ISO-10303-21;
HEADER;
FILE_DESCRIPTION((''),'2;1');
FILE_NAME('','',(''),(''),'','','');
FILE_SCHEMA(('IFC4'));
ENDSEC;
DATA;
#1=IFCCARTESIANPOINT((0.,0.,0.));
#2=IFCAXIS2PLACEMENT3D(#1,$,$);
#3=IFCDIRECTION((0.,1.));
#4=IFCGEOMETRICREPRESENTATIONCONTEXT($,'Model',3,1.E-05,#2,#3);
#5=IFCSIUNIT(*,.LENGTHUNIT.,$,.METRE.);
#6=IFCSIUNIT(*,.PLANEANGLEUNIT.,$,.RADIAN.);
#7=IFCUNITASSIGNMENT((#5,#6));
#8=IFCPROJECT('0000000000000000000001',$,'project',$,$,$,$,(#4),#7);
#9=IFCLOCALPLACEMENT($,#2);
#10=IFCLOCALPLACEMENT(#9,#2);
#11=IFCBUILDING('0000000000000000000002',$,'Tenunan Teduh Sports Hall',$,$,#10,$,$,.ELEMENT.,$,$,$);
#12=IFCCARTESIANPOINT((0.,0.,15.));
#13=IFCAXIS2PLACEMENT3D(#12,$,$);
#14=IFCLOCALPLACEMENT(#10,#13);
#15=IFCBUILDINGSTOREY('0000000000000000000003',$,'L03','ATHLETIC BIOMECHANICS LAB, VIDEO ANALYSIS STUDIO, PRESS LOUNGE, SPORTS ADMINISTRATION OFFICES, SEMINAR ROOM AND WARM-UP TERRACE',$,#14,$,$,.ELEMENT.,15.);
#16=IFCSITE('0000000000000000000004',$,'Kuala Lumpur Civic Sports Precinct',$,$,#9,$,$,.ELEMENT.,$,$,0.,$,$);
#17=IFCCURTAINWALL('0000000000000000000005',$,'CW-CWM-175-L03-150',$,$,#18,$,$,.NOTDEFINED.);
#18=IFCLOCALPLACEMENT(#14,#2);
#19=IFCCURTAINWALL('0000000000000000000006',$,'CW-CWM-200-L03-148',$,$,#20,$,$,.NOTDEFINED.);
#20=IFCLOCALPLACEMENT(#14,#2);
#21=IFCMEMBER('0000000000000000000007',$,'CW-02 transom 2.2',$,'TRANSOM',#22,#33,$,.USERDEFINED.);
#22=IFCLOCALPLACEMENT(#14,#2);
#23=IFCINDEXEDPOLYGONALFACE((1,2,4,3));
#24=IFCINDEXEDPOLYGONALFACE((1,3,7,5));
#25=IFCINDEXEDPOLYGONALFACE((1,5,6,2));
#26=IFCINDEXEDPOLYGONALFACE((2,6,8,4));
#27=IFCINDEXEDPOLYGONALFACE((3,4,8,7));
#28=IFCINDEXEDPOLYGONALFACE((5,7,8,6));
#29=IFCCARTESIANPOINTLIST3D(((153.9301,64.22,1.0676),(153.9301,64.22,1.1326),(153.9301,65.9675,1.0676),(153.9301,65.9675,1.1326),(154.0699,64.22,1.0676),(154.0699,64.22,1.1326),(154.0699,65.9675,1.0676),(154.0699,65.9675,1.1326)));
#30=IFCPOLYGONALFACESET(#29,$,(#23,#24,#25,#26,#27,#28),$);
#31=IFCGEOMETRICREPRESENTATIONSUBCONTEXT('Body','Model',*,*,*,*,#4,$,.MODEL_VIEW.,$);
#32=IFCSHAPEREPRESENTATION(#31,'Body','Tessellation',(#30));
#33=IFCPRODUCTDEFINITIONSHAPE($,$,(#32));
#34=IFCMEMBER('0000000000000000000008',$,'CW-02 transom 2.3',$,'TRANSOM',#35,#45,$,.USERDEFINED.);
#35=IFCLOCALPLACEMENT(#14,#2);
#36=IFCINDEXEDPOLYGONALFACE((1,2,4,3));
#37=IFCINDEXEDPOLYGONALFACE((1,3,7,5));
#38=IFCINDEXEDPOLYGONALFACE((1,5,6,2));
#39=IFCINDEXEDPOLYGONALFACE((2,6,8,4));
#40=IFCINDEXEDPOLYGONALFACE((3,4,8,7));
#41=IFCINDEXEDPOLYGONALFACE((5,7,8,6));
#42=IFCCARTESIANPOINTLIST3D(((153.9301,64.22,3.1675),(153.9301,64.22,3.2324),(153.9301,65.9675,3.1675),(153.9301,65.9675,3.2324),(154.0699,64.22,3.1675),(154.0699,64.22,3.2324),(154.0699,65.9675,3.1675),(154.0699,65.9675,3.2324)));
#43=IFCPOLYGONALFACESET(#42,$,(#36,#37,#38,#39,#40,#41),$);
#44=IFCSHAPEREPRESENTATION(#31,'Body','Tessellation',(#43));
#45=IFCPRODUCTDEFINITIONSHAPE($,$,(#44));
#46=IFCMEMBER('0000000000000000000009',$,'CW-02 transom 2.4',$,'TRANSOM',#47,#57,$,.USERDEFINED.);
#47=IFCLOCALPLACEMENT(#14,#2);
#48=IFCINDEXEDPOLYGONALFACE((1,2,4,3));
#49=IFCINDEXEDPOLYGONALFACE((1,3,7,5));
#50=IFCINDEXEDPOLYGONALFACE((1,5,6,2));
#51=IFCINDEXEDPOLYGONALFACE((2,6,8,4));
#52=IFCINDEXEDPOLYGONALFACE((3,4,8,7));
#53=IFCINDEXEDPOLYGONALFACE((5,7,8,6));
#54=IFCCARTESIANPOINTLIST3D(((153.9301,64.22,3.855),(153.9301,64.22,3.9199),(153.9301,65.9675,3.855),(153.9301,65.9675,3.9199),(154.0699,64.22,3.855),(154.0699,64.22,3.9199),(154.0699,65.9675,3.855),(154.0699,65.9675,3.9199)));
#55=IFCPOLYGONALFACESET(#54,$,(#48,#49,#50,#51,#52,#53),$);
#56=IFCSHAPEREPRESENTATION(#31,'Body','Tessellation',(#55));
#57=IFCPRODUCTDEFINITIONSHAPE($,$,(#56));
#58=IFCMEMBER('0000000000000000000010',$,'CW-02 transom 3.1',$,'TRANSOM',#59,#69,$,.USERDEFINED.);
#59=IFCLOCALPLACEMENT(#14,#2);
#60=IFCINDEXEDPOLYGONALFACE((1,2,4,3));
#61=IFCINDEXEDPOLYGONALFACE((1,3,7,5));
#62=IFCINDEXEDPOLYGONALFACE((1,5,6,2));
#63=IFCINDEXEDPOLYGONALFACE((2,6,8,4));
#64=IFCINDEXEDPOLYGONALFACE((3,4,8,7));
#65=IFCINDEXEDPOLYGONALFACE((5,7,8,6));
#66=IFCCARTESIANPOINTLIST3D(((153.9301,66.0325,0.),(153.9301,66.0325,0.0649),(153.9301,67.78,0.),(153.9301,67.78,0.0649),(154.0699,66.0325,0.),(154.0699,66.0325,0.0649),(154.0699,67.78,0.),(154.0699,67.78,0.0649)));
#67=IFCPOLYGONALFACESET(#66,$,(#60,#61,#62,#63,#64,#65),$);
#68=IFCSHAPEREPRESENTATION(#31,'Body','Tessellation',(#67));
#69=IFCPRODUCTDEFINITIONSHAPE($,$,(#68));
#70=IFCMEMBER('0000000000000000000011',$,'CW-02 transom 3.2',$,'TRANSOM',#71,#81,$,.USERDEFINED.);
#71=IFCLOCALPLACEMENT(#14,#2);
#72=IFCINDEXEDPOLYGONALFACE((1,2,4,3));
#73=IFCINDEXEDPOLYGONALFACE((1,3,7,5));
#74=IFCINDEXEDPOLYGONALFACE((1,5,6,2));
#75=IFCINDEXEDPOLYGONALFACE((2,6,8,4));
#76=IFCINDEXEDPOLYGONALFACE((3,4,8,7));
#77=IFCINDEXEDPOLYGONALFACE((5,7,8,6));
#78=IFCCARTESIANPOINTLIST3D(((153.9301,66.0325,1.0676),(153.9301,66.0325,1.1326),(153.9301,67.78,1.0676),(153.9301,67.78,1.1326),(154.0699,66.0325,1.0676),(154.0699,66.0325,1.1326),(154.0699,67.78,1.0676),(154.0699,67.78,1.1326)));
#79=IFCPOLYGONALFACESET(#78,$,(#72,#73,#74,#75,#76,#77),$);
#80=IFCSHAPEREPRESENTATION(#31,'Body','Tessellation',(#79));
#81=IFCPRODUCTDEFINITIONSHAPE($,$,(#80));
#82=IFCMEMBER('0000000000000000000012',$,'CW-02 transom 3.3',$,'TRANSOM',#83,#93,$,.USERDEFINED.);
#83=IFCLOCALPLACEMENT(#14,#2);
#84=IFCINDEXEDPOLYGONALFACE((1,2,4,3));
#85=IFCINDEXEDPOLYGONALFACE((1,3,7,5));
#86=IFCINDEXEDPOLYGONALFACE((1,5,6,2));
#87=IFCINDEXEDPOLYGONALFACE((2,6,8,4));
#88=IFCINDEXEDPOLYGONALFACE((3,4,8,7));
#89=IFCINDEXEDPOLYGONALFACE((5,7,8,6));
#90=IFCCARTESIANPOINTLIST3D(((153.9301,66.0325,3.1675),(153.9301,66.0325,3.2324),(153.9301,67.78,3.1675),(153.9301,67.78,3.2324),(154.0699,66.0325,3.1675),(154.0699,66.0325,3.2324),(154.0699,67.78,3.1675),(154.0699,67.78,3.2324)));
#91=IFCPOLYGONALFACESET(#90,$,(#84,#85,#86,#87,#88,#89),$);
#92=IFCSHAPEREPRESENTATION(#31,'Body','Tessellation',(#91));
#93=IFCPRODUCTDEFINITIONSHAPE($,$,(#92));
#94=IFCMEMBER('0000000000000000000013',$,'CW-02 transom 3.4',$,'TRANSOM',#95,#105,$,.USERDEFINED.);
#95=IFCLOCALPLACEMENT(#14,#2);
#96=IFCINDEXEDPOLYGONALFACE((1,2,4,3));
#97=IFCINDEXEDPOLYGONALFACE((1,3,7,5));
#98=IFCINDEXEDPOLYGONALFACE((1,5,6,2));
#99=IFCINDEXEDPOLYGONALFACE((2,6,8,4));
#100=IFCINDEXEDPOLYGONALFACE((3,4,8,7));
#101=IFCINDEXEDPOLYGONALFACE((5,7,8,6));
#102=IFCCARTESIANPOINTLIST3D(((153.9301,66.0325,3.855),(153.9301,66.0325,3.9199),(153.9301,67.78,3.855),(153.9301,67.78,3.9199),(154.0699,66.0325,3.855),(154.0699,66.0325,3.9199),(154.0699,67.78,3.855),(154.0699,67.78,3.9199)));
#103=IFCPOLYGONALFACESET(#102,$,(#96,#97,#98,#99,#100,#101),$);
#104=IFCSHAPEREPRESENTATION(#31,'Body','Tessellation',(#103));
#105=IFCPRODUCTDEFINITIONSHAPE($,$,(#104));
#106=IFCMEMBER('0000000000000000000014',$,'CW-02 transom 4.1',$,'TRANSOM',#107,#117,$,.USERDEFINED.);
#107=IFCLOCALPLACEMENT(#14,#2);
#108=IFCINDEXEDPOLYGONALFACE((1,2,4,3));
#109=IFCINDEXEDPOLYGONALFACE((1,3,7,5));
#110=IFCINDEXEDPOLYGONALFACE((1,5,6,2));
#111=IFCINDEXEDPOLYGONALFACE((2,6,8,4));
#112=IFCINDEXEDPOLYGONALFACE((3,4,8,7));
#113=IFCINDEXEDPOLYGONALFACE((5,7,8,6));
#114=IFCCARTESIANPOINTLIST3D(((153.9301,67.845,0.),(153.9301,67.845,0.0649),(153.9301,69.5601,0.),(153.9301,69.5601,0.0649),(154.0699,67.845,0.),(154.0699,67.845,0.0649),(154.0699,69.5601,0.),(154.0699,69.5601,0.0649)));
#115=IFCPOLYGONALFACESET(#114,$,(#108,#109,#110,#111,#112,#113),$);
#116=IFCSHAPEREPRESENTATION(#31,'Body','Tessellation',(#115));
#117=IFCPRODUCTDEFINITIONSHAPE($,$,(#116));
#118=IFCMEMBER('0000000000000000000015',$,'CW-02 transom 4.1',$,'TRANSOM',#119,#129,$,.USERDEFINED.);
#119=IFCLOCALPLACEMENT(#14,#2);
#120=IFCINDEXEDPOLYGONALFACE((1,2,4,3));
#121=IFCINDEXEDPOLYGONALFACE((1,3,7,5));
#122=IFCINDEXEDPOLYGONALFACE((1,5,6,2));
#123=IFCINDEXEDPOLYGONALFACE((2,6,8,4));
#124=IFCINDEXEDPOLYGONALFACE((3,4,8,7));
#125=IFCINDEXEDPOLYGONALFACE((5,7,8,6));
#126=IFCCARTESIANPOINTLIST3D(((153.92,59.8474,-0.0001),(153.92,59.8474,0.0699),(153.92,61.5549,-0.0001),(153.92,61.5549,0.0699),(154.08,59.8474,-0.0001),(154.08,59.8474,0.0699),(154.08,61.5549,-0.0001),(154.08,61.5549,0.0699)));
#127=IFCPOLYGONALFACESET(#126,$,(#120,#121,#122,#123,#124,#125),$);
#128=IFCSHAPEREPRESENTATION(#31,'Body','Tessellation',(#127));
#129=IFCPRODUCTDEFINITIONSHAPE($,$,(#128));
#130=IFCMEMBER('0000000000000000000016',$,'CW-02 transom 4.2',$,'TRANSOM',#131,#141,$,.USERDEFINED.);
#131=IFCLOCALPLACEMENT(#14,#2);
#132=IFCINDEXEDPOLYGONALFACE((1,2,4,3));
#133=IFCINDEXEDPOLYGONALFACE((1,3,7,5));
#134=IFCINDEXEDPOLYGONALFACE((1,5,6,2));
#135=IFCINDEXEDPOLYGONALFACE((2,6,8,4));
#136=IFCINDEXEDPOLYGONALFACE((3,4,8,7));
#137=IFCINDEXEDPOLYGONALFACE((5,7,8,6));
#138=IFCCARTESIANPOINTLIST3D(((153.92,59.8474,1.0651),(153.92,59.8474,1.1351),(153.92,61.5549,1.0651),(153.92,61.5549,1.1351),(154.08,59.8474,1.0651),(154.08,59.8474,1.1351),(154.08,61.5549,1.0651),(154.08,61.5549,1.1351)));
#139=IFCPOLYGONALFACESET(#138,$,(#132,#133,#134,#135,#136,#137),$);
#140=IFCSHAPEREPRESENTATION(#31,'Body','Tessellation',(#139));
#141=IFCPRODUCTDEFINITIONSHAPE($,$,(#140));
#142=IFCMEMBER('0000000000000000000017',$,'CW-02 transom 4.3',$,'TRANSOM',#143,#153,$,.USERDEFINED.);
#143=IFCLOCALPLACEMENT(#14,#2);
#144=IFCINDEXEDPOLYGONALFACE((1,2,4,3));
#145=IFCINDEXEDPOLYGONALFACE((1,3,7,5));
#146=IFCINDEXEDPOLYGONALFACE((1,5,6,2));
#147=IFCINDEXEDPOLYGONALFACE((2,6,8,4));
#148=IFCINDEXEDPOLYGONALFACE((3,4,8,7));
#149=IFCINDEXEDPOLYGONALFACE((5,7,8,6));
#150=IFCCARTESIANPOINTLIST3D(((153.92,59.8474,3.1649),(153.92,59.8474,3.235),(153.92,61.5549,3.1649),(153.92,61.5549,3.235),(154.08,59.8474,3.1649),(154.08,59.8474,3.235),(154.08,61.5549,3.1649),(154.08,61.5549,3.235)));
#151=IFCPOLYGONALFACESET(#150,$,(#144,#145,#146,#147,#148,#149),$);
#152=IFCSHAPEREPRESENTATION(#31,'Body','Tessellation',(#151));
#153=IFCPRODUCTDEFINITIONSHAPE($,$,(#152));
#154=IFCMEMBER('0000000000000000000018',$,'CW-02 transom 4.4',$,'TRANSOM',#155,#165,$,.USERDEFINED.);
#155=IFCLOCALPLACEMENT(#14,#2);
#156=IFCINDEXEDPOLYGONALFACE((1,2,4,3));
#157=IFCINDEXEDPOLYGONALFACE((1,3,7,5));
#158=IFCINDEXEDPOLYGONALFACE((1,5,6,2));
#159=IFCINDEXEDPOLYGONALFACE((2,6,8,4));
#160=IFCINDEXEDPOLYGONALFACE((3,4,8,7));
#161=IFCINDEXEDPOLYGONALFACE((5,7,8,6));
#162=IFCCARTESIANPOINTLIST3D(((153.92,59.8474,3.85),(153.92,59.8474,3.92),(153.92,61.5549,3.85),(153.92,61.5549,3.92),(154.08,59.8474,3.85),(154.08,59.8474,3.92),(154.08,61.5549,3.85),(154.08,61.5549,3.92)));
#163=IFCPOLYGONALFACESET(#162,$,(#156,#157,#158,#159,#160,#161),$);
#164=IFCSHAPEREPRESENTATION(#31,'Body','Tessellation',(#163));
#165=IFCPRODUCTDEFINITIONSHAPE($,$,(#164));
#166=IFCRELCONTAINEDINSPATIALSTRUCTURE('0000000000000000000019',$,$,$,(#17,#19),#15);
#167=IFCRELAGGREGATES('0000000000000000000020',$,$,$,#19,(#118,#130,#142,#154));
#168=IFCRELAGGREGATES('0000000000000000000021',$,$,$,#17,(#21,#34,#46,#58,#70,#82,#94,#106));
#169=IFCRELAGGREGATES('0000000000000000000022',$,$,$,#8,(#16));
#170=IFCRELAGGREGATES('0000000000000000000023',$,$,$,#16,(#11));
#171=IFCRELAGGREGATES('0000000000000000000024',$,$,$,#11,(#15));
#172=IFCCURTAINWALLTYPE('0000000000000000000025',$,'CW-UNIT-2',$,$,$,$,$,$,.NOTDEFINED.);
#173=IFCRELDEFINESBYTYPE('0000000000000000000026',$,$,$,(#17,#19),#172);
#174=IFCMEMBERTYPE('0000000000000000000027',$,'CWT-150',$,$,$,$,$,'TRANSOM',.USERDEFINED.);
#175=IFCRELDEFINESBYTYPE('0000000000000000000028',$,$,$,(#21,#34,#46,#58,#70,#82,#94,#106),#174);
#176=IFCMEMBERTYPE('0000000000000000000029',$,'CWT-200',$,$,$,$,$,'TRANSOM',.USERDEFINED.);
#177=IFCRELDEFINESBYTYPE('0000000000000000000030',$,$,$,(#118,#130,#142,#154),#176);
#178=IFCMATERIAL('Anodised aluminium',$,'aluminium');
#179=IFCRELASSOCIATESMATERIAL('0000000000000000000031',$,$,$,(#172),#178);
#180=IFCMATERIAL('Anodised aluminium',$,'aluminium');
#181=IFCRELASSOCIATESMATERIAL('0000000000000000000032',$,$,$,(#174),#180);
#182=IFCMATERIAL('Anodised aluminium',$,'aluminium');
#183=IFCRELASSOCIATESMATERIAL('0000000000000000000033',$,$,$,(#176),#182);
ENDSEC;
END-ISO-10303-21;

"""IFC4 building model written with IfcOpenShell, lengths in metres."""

from ifc_helpers import new_model, si_unit, direction, frame, origin, origin_2d, place, context, subcontext, project, spatial, rectangle, extrude, material, material_profile, profile_set, type_object, element, aggregate, save


model = new_model("IFC4")

# Units and contexts
model_context = context("Model", 3, precision=1e-05, world=origin(), true_north=direction((0.0, 1.0)))
body_context = subcontext(model_context, "Body", "Model", "MODEL_VIEW")
ifc_project = project(units=[si_unit("LENGTHUNIT", "METRE"), si_unit("PLANEANGLEUNIT", "RADIAN")], contexts=[model_context])

# Site, building, storey
site_placement = place(None, origin())
site = spatial("IfcSite", under=ifc_project, at=site_placement, Name="Kuala Lumpur Civic Sports Precinct", CompositionType="ELEMENT", RefElevation=0.0)
building_placement = place(site_placement, origin())
building = spatial("IfcBuilding", under=site, at=building_placement, Name="Tenunan Teduh Sports Hall", CompositionType="ELEMENT")
storey_placement = place(building_placement, frame((0.0, 0.0, 15.0)))
storey = spatial("IfcBuildingStorey", under=building, at=storey_placement, Name="L03", Description="ATHLETIC BIOMECHANICS LAB, VIDEO ANALYSIS STUDIO, PRESS LOUNGE, SPORTS ADMINISTRATION OFFICES, SEMINAR ROOM AND WARM-UP TERRACE", CompositionType="ELEMENT", Elevation=15.0)

# Curtain walls
ifc_material_1 = material(Name="Anodised aluminium", Category="aluminium")
curtain_wall_type = type_object("IfcCurtainWallType", Name="CW-UNIT-2", PredefinedType="NOTDEFINED", material=ifc_material_1)
curtain_wall_1_placement = place(storey_placement, origin())
curtain_wall_1 = element("IfcCurtainWall", 1, at=curtain_wall_1_placement, inside=storey, type_object=curtain_wall_type, Name="CW-CWM-175-L03-150", PredefinedType="NOTDEFINED")
curtain_wall_2_placement = place(storey_placement, origin())
curtain_wall_2 = element("IfcCurtainWall", 2, at=curtain_wall_2_placement, inside=storey, type_object=curtain_wall_type, Name="CW-CWM-200-L03-148", PredefinedType="NOTDEFINED")

# Members
ifc_material_2 = material(Name="Anodised aluminium", Category="aluminium")
ifc_material_profile_1 = material_profile(ifc_material_2, rectangle(XDim=0.0649, YDim=0.1399, at=origin_2d()), Name="CWT 65x140")
ifc_profile_set_1 = profile_set([ifc_material_profile_1], Name="Anodised aluminium")
member_type_1 = type_object("IfcMemberType", Name="CWT-150", ElementType="TRANSOM", PredefinedType="USERDEFINED", material=ifc_profile_set_1)
member_1_placement = place(storey_placement, frame((154.0, 64.22, 1.1001), z_axis=(0.0, 1.0, 0.0), x_axis=(0.0, 0.0, 1.0)))
member_1 = element("IfcMember", 3, at=member_1_placement, type_object=member_type_1, Name="CW-02 transom 2.2", ObjectType="TRANSOM", PredefinedType="USERDEFINED", context=body_context, shape_type="SweptSolid", body=[
    extrude(rectangle(XDim=0.0649, YDim=0.1399, at=origin_2d()), origin(), (0.0, 0.0, 1.0), 1.7476),
])
member_2_placement = place(storey_placement, frame((154.0, 64.22, 3.2), z_axis=(0.0, 1.0, 0.0), x_axis=(0.0, 0.0, 1.0)))
member_2 = element("IfcMember", 4, at=member_2_placement, type_object=member_type_1, Name="CW-02 transom 2.3", ObjectType="TRANSOM", PredefinedType="USERDEFINED", context=body_context, shape_type="SweptSolid", body=[
    extrude(rectangle(XDim=0.0649, YDim=0.1399, at=origin_2d()), origin(), (0.0, 0.0, 1.0), 1.7476),
])
member_3_placement = place(storey_placement, frame((154.0, 64.22, 3.8875), z_axis=(0.0, 1.0, 0.0), x_axis=(0.0, 0.0, 1.0)))
member_3 = element("IfcMember", 5, at=member_3_placement, type_object=member_type_1, Name="CW-02 transom 2.4", ObjectType="TRANSOM", PredefinedType="USERDEFINED", context=body_context, shape_type="SweptSolid", body=[
    extrude(rectangle(XDim=0.0649, YDim=0.1399, at=origin_2d()), origin(), (0.0, 0.0, 1.0), 1.7476),
])
member_4_placement = place(storey_placement, frame((154.0, 66.0325, 0.0325), z_axis=(0.0, 1.0, 0.0), x_axis=(0.0, 0.0, 1.0)))
member_4 = element("IfcMember", 6, at=member_4_placement, type_object=member_type_1, Name="CW-02 transom 3.1", ObjectType="TRANSOM", PredefinedType="USERDEFINED", context=body_context, shape_type="SweptSolid", body=[
    extrude(rectangle(XDim=0.0649, YDim=0.1399, at=origin_2d()), origin(), (0.0, 0.0, 1.0), 1.7476),
])
member_5_placement = place(storey_placement, frame((154.0, 66.0325, 1.1001), z_axis=(0.0, 1.0, 0.0), x_axis=(0.0, 0.0, 1.0)))
member_5 = element("IfcMember", 7, at=member_5_placement, type_object=member_type_1, Name="CW-02 transom 3.2", ObjectType="TRANSOM", PredefinedType="USERDEFINED", context=body_context, shape_type="SweptSolid", body=[
    extrude(rectangle(XDim=0.0649, YDim=0.1399, at=origin_2d()), origin(), (0.0, 0.0, 1.0), 1.7476),
])
member_6_placement = place(storey_placement, frame((154.0, 66.0325, 3.2), z_axis=(0.0, 1.0, 0.0), x_axis=(0.0, 0.0, 1.0)))
member_6 = element("IfcMember", 8, at=member_6_placement, type_object=member_type_1, Name="CW-02 transom 3.3", ObjectType="TRANSOM", PredefinedType="USERDEFINED", context=body_context, shape_type="SweptSolid", body=[
    extrude(rectangle(XDim=0.0649, YDim=0.1399, at=origin_2d()), origin(), (0.0, 0.0, 1.0), 1.7476),
])
member_7_placement = place(storey_placement, frame((154.0, 66.0325, 3.8875), z_axis=(0.0, 1.0, 0.0), x_axis=(0.0, 0.0, 1.0)))
member_7 = element("IfcMember", 9, at=member_7_placement, type_object=member_type_1, Name="CW-02 transom 3.4", ObjectType="TRANSOM", PredefinedType="USERDEFINED", context=body_context, shape_type="SweptSolid", body=[
    extrude(rectangle(XDim=0.0649, YDim=0.1399, at=origin_2d()), origin(), (0.0, 0.0, 1.0), 1.7476),
])
member_8_placement = place(storey_placement, frame((154.0, 67.845, 0.0325), z_axis=(0.0, 1.0, 0.0), x_axis=(0.0, 0.0, 1.0)))
member_8 = element("IfcMember", 10, at=member_8_placement, type_object=member_type_1, Name="CW-02 transom 4.1", ObjectType="TRANSOM", PredefinedType="USERDEFINED", context=body_context, shape_type="SweptSolid", body=[
    extrude(rectangle(XDim=0.0649, YDim=0.1399, at=origin_2d()), origin(), (0.0, 0.0, 1.0), 1.7151),
])
ifc_material_3 = material(Name="Anodised aluminium", Category="aluminium")
ifc_material_profile_2 = material_profile(ifc_material_3, rectangle(XDim=0.0701, YDim=0.1599, at=origin_2d()), Name="CWT 70x160")
ifc_profile_set_2 = profile_set([ifc_material_profile_2], Name="Anodised aluminium")
member_type_2 = type_object("IfcMemberType", Name="CWT-200", ElementType="TRANSOM", PredefinedType="USERDEFINED", material=ifc_profile_set_2)
member_9_placement = place(storey_placement, frame((154.0, 59.8474, 0.0349), z_axis=(0.0, 1.0, 0.0), x_axis=(0.0, 0.0, 1.0)))
member_9 = element("IfcMember", 11, at=member_9_placement, type_object=member_type_2, Name="CW-02 transom 4.1", ObjectType="TRANSOM", PredefinedType="USERDEFINED", context=body_context, shape_type="SweptSolid", body=[
    extrude(rectangle(XDim=0.0701, YDim=0.1599, at=origin_2d()), origin(), (0.0, 0.0, 1.0), 1.7075),
])
member_10_placement = place(storey_placement, frame((154.0, 59.8474, 1.1001), z_axis=(0.0, 1.0, 0.0), x_axis=(0.0, 0.0, 1.0)))
member_10 = element("IfcMember", 12, at=member_10_placement, type_object=member_type_2, Name="CW-02 transom 4.2", ObjectType="TRANSOM", PredefinedType="USERDEFINED", context=body_context, shape_type="SweptSolid", body=[
    extrude(rectangle(XDim=0.0701, YDim=0.1599, at=origin_2d()), origin(), (0.0, 0.0, 1.0), 1.7075),
])
member_11_placement = place(storey_placement, frame((154.0, 59.8474, 3.2), z_axis=(0.0, 1.0, 0.0), x_axis=(0.0, 0.0, 1.0)))
member_11 = element("IfcMember", 13, at=member_11_placement, type_object=member_type_2, Name="CW-02 transom 4.3", ObjectType="TRANSOM", PredefinedType="USERDEFINED", context=body_context, shape_type="SweptSolid", body=[
    extrude(rectangle(XDim=0.0701, YDim=0.1599, at=origin_2d()), origin(), (0.0, 0.0, 1.0), 1.7075),
])
member_12_placement = place(storey_placement, frame((154.0, 59.8474, 3.885), z_axis=(0.0, 1.0, 0.0), x_axis=(0.0, 0.0, 1.0)))
member_12 = element("IfcMember", 14, at=member_12_placement, type_object=member_type_2, Name="CW-02 transom 4.4", ObjectType="TRANSOM", PredefinedType="USERDEFINED", context=body_context, shape_type="SweptSolid", body=[
    extrude(rectangle(XDim=0.0701, YDim=0.1599, at=origin_2d()), origin(), (0.0, 0.0, 1.0), 1.7075),
])

aggregate(curtain_wall_2, [member_9, member_10, member_11, member_12])
aggregate(curtain_wall_1, [member_1, member_2, member_3, member_4, member_5, member_6, member_7, member_8])

save(model, "model.ifc")
